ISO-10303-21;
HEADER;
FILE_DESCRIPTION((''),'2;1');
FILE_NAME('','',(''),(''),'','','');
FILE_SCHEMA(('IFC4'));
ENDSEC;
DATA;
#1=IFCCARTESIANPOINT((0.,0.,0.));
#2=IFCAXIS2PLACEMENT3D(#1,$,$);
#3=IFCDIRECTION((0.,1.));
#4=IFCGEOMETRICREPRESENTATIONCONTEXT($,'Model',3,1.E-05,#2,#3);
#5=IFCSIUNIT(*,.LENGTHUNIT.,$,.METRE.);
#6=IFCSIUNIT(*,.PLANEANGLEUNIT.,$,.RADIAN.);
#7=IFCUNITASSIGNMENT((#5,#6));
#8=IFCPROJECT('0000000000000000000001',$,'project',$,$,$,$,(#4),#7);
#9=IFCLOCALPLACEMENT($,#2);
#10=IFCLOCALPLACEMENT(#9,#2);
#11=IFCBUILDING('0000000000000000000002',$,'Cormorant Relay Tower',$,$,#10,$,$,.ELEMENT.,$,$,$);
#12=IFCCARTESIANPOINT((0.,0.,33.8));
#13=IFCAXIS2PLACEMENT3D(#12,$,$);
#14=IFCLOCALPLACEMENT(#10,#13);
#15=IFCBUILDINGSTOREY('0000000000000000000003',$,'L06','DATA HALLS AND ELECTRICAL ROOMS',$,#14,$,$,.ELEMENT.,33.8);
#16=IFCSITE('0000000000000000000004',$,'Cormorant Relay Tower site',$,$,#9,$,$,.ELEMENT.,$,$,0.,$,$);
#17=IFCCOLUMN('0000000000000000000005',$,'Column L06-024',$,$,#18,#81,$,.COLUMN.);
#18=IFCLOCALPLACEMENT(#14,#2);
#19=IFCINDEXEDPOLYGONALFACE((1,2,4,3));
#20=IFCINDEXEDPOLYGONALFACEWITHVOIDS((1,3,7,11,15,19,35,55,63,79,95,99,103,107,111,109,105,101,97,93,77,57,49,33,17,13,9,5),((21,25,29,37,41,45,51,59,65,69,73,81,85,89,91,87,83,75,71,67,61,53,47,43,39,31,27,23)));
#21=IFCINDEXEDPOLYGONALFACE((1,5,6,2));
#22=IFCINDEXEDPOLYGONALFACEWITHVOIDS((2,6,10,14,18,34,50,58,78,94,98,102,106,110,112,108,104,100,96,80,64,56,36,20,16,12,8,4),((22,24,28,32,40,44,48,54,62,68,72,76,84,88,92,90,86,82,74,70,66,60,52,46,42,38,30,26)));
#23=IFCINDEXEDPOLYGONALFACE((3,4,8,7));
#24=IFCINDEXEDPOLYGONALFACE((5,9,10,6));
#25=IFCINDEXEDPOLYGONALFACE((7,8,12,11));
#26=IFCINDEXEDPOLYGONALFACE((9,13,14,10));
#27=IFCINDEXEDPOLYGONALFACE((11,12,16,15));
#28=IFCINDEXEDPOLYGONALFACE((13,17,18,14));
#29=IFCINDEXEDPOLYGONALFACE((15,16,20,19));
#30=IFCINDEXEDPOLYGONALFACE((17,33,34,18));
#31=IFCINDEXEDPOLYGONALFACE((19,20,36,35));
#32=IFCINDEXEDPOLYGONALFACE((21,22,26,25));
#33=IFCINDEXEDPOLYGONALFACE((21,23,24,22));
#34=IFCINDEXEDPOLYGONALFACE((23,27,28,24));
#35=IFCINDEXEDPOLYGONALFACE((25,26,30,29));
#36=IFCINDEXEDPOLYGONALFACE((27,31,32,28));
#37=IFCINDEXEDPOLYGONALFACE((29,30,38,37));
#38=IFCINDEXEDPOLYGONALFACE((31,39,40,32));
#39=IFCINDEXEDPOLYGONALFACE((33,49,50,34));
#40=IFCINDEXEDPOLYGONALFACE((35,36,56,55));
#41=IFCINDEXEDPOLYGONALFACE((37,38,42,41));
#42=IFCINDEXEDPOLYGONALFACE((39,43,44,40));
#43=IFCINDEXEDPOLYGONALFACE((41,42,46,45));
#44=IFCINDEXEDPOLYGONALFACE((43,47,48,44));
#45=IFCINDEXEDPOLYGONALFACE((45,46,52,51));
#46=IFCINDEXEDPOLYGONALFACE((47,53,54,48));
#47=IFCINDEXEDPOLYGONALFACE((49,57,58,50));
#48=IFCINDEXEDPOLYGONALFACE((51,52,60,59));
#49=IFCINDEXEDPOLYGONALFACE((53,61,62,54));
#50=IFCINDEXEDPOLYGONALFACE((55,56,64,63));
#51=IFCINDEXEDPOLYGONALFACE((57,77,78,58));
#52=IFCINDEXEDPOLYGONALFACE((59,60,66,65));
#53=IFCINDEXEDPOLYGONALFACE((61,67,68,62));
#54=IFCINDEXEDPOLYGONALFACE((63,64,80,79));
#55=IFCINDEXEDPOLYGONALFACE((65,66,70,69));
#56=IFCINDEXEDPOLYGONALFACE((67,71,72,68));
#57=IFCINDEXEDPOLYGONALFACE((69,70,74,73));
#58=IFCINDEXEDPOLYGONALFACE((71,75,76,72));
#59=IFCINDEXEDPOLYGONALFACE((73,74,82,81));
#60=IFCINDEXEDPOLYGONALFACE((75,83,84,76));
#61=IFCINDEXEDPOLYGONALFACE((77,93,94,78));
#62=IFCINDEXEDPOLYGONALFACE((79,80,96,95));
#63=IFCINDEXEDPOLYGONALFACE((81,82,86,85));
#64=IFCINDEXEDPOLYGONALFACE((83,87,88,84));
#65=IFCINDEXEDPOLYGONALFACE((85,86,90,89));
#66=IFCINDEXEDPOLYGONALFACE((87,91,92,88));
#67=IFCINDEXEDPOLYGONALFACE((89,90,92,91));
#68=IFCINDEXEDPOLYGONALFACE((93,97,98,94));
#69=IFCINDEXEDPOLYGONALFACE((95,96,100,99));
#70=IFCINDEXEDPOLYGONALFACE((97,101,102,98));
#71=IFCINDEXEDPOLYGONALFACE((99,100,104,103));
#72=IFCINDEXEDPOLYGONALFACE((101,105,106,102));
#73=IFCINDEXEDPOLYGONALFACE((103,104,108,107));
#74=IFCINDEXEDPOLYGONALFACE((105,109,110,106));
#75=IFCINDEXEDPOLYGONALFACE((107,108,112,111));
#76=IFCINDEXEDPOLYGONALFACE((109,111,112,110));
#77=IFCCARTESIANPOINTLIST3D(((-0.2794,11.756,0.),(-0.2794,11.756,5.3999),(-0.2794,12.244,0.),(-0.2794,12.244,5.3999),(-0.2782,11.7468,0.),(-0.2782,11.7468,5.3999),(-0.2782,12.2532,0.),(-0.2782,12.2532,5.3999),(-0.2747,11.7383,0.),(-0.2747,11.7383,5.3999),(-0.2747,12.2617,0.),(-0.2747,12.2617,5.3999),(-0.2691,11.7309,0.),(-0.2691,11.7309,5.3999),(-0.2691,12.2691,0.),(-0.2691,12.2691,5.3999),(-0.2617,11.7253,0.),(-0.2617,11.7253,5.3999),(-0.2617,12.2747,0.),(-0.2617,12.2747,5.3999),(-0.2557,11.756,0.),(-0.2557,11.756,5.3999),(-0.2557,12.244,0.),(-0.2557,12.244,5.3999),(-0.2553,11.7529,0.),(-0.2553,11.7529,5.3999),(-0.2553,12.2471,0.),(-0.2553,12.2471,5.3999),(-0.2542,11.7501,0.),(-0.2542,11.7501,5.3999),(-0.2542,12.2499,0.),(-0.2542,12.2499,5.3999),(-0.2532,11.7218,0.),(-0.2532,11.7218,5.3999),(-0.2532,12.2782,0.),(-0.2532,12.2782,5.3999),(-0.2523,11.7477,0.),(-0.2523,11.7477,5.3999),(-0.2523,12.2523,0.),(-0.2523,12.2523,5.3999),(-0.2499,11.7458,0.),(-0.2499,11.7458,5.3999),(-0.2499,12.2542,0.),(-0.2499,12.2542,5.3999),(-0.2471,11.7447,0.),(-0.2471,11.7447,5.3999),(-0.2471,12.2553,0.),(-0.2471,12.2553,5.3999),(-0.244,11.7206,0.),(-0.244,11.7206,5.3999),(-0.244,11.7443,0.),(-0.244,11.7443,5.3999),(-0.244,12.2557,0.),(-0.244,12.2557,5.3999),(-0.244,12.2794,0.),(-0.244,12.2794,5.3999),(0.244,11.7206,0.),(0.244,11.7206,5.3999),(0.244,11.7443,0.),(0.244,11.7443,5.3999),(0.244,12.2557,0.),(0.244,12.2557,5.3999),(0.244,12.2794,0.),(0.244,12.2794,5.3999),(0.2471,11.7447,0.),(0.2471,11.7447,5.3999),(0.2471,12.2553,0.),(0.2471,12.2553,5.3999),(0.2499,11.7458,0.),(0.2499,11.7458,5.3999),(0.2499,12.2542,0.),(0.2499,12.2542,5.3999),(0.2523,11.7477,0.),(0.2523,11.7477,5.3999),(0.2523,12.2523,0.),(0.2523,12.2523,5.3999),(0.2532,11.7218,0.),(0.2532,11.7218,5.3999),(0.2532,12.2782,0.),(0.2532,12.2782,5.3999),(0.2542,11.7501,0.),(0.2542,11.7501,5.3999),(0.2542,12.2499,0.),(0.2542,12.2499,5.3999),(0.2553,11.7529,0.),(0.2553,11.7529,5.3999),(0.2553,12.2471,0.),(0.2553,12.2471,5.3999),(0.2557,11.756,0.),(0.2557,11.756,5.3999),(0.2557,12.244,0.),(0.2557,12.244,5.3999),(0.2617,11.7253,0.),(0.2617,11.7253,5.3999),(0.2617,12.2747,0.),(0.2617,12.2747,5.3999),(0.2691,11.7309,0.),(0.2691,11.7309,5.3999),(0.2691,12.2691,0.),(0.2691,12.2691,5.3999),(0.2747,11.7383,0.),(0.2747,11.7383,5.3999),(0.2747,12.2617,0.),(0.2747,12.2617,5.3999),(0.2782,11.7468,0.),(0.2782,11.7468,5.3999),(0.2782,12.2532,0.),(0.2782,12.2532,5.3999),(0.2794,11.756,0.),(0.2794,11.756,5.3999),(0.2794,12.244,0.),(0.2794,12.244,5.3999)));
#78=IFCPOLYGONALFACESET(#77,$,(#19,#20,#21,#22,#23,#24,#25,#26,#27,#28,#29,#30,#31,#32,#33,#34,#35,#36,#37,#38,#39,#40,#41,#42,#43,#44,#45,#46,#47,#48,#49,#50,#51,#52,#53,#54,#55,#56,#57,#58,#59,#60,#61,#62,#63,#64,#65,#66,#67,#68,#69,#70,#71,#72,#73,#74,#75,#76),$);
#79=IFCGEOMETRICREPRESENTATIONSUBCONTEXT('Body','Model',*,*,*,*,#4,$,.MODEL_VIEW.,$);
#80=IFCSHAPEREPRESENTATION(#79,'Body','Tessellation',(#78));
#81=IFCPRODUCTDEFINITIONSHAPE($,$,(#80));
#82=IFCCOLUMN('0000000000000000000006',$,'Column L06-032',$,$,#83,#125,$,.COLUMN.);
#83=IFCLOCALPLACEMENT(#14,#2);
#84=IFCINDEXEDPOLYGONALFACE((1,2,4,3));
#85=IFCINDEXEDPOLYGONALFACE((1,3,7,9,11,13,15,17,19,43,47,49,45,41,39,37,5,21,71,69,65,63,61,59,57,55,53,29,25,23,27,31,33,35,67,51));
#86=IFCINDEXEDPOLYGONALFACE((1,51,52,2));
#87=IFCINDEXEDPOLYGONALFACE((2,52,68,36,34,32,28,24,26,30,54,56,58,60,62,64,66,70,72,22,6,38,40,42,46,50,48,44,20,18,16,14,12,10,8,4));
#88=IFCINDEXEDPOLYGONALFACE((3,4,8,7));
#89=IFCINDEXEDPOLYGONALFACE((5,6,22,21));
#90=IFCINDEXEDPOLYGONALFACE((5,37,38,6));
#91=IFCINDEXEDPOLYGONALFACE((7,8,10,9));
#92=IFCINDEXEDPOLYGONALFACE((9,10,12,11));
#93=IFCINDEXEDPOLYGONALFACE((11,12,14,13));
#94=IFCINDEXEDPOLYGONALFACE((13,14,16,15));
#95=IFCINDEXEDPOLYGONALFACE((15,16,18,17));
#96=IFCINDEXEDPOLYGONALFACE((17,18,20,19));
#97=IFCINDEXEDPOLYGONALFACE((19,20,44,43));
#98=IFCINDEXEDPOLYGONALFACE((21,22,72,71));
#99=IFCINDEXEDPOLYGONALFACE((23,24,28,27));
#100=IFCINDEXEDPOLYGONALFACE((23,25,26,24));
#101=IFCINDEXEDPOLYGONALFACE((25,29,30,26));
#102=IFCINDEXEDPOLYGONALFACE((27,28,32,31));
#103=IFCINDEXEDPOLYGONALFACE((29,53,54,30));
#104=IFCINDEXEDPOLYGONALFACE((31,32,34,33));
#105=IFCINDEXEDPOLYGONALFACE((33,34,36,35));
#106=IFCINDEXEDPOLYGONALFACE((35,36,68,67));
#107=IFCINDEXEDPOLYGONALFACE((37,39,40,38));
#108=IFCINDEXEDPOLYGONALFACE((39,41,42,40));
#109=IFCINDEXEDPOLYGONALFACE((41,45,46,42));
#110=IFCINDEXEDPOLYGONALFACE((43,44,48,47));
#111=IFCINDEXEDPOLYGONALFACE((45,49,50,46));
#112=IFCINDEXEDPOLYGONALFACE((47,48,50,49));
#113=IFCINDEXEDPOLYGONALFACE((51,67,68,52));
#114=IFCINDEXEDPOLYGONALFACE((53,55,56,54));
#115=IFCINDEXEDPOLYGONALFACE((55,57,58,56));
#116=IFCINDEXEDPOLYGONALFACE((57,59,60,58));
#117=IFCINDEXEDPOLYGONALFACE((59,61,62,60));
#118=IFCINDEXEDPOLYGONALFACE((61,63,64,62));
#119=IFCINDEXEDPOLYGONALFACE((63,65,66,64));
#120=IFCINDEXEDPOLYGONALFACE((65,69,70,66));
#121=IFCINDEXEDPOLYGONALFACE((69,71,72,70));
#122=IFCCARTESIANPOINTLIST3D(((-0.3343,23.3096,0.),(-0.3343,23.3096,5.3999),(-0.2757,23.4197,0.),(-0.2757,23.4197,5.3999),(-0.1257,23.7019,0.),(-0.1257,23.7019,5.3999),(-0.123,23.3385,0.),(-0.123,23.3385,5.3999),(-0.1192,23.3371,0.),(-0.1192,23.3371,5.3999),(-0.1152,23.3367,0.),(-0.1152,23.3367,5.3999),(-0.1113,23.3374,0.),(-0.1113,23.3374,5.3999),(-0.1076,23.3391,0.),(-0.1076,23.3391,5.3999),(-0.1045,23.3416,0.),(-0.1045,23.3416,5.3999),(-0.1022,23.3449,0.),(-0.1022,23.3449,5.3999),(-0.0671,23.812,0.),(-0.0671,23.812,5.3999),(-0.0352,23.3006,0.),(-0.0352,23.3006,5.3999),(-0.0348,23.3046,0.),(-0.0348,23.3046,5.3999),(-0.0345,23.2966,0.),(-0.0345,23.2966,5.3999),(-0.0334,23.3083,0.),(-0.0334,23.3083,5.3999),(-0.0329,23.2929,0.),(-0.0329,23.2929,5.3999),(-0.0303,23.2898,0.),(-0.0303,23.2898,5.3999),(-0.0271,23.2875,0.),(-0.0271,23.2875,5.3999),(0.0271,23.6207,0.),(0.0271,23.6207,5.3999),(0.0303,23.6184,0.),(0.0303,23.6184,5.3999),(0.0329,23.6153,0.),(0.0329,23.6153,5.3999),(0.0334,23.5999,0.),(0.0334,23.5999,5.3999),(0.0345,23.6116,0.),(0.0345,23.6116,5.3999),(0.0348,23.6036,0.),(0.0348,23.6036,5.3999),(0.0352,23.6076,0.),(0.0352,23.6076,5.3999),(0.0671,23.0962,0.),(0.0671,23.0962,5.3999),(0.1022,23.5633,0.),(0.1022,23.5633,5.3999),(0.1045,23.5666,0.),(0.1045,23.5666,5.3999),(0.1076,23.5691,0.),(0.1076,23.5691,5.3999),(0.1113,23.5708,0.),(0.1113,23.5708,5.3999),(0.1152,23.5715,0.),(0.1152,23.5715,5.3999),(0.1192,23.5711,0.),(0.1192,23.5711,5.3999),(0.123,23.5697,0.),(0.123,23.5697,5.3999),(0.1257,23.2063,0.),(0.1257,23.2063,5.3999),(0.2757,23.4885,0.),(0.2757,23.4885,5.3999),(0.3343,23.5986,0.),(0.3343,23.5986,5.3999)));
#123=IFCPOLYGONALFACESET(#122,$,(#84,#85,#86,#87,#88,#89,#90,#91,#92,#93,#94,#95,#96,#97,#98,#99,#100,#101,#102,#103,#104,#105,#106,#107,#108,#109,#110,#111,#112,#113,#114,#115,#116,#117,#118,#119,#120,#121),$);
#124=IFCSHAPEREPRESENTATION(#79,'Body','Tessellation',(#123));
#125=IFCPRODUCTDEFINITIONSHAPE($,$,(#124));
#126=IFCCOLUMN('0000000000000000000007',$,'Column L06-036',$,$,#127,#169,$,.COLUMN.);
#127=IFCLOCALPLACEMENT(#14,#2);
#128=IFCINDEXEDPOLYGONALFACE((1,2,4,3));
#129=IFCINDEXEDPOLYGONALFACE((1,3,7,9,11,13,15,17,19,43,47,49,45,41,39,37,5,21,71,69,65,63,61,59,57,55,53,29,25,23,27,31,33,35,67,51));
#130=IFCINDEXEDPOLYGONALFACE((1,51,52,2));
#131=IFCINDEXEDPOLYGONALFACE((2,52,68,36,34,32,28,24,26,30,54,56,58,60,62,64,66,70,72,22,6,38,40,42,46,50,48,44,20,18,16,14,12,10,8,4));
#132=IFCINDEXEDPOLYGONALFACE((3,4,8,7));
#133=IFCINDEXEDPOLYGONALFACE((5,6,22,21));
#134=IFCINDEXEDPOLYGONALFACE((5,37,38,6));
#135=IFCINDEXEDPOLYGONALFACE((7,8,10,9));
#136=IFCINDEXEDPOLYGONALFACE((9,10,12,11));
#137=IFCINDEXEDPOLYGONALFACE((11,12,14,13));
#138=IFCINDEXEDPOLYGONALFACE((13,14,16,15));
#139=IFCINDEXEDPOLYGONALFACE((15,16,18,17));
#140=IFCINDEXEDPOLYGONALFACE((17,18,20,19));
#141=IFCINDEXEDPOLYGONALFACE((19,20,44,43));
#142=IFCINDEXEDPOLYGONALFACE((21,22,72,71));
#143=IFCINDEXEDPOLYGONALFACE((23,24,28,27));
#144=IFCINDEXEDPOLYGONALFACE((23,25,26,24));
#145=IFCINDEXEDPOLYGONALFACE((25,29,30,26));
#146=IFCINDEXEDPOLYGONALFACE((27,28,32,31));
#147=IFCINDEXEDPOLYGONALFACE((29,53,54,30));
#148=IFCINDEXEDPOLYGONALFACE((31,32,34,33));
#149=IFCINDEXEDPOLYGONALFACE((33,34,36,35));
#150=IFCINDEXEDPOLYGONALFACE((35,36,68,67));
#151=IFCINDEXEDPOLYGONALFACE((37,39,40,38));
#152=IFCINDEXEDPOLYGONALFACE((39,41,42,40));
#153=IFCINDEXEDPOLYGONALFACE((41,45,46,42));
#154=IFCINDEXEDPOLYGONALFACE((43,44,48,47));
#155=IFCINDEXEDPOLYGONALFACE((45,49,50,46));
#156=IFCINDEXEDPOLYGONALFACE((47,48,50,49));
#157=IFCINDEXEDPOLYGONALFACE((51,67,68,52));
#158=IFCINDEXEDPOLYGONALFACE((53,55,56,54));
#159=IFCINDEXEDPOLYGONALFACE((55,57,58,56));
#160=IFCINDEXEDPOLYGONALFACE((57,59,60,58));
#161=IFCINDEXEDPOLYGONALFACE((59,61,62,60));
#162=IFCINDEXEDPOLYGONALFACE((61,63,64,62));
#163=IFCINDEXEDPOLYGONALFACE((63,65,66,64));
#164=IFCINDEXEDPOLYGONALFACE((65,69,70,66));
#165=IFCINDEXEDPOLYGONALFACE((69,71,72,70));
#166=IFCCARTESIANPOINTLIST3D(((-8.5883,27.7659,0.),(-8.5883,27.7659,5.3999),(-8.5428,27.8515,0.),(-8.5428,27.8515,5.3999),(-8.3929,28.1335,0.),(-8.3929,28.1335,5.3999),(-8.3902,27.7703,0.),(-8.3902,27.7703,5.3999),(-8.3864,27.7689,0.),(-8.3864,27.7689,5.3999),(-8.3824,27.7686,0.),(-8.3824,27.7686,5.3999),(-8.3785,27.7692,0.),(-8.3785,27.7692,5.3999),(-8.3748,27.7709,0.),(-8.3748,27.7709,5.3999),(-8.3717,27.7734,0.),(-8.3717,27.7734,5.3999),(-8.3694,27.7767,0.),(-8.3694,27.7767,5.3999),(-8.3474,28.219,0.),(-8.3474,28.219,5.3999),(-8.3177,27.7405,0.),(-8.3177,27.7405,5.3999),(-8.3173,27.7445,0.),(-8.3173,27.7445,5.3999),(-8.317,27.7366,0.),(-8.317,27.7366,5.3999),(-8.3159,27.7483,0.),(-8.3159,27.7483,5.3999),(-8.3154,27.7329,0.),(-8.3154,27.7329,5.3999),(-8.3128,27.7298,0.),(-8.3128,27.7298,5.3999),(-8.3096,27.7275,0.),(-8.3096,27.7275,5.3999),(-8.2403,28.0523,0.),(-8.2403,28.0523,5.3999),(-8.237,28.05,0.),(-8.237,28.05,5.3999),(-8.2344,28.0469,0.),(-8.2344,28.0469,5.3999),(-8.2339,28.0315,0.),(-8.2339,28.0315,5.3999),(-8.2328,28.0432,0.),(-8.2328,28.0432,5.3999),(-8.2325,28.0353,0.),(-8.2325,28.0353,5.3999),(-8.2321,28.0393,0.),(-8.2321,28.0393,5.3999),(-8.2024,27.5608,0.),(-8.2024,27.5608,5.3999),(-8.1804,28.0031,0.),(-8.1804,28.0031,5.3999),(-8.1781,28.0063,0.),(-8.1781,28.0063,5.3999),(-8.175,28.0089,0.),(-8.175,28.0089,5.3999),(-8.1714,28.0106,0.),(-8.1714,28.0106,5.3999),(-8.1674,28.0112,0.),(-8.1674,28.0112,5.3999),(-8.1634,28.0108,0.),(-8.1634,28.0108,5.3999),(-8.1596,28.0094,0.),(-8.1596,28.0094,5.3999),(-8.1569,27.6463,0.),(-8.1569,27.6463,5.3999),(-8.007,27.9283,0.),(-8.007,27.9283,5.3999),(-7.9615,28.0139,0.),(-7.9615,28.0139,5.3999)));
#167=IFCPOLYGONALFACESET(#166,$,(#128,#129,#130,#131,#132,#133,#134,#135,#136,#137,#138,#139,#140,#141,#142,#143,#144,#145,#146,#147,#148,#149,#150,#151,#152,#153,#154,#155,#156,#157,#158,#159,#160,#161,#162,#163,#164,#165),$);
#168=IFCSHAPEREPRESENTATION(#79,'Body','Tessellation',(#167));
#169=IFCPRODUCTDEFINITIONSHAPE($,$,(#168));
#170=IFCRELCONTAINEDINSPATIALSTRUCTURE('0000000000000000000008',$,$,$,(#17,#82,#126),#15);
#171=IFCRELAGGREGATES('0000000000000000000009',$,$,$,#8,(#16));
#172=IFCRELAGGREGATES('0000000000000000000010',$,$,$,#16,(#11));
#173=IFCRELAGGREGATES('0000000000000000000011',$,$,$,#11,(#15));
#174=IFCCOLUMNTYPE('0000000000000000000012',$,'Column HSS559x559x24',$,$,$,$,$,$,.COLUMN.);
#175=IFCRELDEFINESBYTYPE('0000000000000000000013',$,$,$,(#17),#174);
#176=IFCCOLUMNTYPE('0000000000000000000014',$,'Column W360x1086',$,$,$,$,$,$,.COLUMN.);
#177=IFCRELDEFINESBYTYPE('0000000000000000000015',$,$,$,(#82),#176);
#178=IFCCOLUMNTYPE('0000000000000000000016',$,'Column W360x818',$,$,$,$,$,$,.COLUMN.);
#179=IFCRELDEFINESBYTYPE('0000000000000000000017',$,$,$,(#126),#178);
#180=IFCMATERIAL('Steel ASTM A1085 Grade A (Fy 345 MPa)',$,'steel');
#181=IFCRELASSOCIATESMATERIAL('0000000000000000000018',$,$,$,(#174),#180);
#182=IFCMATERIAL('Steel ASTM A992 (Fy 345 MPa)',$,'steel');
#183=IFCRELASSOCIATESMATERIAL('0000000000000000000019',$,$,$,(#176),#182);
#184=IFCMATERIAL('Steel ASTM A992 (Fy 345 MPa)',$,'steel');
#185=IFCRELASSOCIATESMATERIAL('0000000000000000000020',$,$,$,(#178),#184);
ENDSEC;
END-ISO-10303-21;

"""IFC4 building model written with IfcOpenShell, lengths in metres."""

from ifc_helpers import new_model, si_unit, direction, frame, origin, origin_2d, place, context, subcontext, project, spatial, hollow_rectangle, i_section, extrude, material, material_profile, profile_set, type_object, element, save


model = new_model("IFC4")

# Units and contexts
model_context = context("Model", 3, precision=1e-05, world=origin(), true_north=direction((0.0, 1.0)))
body_context = subcontext(model_context, "Body", "Model", "MODEL_VIEW")
ifc_project = project(units=[si_unit("LENGTHUNIT", "METRE"), si_unit("PLANEANGLEUNIT", "RADIAN")], contexts=[model_context])

# Site, building, storey
site_placement = place(None, origin())
site = spatial("IfcSite", under=ifc_project, at=site_placement, Name="Cormorant Relay Tower site", CompositionType="ELEMENT", RefElevation=0.0)
building_placement = place(site_placement, origin())
building = spatial("IfcBuilding", under=site, at=building_placement, Name="Cormorant Relay Tower", CompositionType="ELEMENT")
storey_placement = place(building_placement, frame((0.0, 0.0, 33.8)))
storey = spatial("IfcBuildingStorey", under=building, at=storey_placement, Name="L06", Description="DATA HALLS AND ELECTRICAL ROOMS", CompositionType="ELEMENT", Elevation=33.8)

# Columns
ifc_material_1 = material(Name="Steel ASTM A1085 Grade A (Fy 345 MPa)", Category="steel")
ifc_material_profile_1 = material_profile(ifc_material_1, hollow_rectangle(XDim=0.5588, YDim=0.5588, WallThickness=0.0237, InnerFilletRadius=0.0117, OuterFilletRadius=0.0354, at=origin_2d()), Name="HSS559x559x24")
ifc_profile_set_1 = profile_set([ifc_material_profile_1], Name="Steel ASTM A1085 Grade A (Fy 345 MPa)")
column_type_1 = type_object("IfcColumnType", Name="Column HSS559x559x24", PredefinedType="COLUMN", material=ifc_profile_set_1)
column_1_placement = place(storey_placement, frame((0.0, 12.0, 0.0), z_axis=(0.0, 0.0, 1.0), x_axis=(1.0, 0.0, 0.0)))
element("IfcColumn", 1, at=column_1_placement, inside=storey, type_object=column_type_1, Name="Column L06-024", PredefinedType="COLUMN", context=body_context, shape_type="SweptSolid", body=[
    extrude(hollow_rectangle(XDim=0.5588, YDim=0.5588, WallThickness=0.0237, InnerFilletRadius=0.0117, OuterFilletRadius=0.0354, at=origin_2d()), origin(), (0.0, 0.0, 1.0), 5.3999),
])
ifc_material_2 = material(Name="Steel ASTM A992 (Fy 345 MPa)", Category="steel")
ifc_material_profile_2 = material_profile(ifc_material_2, i_section(OverallWidth=0.4546, OverallDepth=0.5691, WebThickness=0.0779, FlangeThickness=0.1248, FilletRadius=0.0154, at=origin_2d()), Name="W360x1086")
ifc_profile_set_2 = profile_set([ifc_material_profile_2], Name="Steel ASTM A992 (Fy 345 MPa)")
column_type_2 = type_object("IfcColumnType", Name="Column W360x1086", PredefinedType="COLUMN", material=ifc_profile_set_2)
column_2_placement = place(storey_placement, frame((0.0, 23.4541, 0.0), z_axis=(0.0, 0.0, 1.0), x_axis=(-0.882948, 0.469472, 0.0)))
element("IfcColumn", 2, at=column_2_placement, inside=storey, type_object=column_type_2, Name="Column L06-032", PredefinedType="COLUMN", context=body_context, shape_type="SweptSolid", body=[
    extrude(i_section(OverallWidth=0.4546, OverallDepth=0.5691, WebThickness=0.0779, FlangeThickness=0.1248, FilletRadius=0.0154, at=origin_2d()), origin(), (0.0, 0.0, 1.0), 5.3999),
])
ifc_material_3 = material(Name="Steel ASTM A992 (Fy 345 MPa)", Category="steel")
ifc_material_profile_3 = material_profile(ifc_material_3, i_section(OverallWidth=0.437, OverallDepth=0.5132, WebThickness=0.0605, FlangeThickness=0.0969, FilletRadius=0.0154, at=origin_2d()), Name="W360x818")
ifc_profile_set_3 = profile_set([ifc_material_profile_3], Name="Steel ASTM A992 (Fy 345 MPa)")
column_type_3 = type_object("IfcColumnType", Name="Column W360x818", PredefinedType="COLUMN", material=ifc_profile_set_3)
for number, where, z_axis, x_axis, name in (
    (3, (-8.2749, 27.8899, 0.0), (0.0, 0.0, 1.0), (-0.882948, 0.469472, 0.0), "Column L06-036"),
):
    element("IfcColumn", number, at=place(storey_placement, frame(where, z_axis=z_axis, x_axis=x_axis)), inside=storey, type_object=column_type_3, Name=name, PredefinedType="COLUMN", context=body_context, shape_type="SweptSolid", body=[
        extrude(i_section(OverallWidth=0.437, OverallDepth=0.5132, WebThickness=0.0605, FlangeThickness=0.0969, FilletRadius=0.0154, at=origin_2d()), origin(), (0.0, 0.0, 1.0), 5.3999),
    ])

save(model, "model.ifc")
